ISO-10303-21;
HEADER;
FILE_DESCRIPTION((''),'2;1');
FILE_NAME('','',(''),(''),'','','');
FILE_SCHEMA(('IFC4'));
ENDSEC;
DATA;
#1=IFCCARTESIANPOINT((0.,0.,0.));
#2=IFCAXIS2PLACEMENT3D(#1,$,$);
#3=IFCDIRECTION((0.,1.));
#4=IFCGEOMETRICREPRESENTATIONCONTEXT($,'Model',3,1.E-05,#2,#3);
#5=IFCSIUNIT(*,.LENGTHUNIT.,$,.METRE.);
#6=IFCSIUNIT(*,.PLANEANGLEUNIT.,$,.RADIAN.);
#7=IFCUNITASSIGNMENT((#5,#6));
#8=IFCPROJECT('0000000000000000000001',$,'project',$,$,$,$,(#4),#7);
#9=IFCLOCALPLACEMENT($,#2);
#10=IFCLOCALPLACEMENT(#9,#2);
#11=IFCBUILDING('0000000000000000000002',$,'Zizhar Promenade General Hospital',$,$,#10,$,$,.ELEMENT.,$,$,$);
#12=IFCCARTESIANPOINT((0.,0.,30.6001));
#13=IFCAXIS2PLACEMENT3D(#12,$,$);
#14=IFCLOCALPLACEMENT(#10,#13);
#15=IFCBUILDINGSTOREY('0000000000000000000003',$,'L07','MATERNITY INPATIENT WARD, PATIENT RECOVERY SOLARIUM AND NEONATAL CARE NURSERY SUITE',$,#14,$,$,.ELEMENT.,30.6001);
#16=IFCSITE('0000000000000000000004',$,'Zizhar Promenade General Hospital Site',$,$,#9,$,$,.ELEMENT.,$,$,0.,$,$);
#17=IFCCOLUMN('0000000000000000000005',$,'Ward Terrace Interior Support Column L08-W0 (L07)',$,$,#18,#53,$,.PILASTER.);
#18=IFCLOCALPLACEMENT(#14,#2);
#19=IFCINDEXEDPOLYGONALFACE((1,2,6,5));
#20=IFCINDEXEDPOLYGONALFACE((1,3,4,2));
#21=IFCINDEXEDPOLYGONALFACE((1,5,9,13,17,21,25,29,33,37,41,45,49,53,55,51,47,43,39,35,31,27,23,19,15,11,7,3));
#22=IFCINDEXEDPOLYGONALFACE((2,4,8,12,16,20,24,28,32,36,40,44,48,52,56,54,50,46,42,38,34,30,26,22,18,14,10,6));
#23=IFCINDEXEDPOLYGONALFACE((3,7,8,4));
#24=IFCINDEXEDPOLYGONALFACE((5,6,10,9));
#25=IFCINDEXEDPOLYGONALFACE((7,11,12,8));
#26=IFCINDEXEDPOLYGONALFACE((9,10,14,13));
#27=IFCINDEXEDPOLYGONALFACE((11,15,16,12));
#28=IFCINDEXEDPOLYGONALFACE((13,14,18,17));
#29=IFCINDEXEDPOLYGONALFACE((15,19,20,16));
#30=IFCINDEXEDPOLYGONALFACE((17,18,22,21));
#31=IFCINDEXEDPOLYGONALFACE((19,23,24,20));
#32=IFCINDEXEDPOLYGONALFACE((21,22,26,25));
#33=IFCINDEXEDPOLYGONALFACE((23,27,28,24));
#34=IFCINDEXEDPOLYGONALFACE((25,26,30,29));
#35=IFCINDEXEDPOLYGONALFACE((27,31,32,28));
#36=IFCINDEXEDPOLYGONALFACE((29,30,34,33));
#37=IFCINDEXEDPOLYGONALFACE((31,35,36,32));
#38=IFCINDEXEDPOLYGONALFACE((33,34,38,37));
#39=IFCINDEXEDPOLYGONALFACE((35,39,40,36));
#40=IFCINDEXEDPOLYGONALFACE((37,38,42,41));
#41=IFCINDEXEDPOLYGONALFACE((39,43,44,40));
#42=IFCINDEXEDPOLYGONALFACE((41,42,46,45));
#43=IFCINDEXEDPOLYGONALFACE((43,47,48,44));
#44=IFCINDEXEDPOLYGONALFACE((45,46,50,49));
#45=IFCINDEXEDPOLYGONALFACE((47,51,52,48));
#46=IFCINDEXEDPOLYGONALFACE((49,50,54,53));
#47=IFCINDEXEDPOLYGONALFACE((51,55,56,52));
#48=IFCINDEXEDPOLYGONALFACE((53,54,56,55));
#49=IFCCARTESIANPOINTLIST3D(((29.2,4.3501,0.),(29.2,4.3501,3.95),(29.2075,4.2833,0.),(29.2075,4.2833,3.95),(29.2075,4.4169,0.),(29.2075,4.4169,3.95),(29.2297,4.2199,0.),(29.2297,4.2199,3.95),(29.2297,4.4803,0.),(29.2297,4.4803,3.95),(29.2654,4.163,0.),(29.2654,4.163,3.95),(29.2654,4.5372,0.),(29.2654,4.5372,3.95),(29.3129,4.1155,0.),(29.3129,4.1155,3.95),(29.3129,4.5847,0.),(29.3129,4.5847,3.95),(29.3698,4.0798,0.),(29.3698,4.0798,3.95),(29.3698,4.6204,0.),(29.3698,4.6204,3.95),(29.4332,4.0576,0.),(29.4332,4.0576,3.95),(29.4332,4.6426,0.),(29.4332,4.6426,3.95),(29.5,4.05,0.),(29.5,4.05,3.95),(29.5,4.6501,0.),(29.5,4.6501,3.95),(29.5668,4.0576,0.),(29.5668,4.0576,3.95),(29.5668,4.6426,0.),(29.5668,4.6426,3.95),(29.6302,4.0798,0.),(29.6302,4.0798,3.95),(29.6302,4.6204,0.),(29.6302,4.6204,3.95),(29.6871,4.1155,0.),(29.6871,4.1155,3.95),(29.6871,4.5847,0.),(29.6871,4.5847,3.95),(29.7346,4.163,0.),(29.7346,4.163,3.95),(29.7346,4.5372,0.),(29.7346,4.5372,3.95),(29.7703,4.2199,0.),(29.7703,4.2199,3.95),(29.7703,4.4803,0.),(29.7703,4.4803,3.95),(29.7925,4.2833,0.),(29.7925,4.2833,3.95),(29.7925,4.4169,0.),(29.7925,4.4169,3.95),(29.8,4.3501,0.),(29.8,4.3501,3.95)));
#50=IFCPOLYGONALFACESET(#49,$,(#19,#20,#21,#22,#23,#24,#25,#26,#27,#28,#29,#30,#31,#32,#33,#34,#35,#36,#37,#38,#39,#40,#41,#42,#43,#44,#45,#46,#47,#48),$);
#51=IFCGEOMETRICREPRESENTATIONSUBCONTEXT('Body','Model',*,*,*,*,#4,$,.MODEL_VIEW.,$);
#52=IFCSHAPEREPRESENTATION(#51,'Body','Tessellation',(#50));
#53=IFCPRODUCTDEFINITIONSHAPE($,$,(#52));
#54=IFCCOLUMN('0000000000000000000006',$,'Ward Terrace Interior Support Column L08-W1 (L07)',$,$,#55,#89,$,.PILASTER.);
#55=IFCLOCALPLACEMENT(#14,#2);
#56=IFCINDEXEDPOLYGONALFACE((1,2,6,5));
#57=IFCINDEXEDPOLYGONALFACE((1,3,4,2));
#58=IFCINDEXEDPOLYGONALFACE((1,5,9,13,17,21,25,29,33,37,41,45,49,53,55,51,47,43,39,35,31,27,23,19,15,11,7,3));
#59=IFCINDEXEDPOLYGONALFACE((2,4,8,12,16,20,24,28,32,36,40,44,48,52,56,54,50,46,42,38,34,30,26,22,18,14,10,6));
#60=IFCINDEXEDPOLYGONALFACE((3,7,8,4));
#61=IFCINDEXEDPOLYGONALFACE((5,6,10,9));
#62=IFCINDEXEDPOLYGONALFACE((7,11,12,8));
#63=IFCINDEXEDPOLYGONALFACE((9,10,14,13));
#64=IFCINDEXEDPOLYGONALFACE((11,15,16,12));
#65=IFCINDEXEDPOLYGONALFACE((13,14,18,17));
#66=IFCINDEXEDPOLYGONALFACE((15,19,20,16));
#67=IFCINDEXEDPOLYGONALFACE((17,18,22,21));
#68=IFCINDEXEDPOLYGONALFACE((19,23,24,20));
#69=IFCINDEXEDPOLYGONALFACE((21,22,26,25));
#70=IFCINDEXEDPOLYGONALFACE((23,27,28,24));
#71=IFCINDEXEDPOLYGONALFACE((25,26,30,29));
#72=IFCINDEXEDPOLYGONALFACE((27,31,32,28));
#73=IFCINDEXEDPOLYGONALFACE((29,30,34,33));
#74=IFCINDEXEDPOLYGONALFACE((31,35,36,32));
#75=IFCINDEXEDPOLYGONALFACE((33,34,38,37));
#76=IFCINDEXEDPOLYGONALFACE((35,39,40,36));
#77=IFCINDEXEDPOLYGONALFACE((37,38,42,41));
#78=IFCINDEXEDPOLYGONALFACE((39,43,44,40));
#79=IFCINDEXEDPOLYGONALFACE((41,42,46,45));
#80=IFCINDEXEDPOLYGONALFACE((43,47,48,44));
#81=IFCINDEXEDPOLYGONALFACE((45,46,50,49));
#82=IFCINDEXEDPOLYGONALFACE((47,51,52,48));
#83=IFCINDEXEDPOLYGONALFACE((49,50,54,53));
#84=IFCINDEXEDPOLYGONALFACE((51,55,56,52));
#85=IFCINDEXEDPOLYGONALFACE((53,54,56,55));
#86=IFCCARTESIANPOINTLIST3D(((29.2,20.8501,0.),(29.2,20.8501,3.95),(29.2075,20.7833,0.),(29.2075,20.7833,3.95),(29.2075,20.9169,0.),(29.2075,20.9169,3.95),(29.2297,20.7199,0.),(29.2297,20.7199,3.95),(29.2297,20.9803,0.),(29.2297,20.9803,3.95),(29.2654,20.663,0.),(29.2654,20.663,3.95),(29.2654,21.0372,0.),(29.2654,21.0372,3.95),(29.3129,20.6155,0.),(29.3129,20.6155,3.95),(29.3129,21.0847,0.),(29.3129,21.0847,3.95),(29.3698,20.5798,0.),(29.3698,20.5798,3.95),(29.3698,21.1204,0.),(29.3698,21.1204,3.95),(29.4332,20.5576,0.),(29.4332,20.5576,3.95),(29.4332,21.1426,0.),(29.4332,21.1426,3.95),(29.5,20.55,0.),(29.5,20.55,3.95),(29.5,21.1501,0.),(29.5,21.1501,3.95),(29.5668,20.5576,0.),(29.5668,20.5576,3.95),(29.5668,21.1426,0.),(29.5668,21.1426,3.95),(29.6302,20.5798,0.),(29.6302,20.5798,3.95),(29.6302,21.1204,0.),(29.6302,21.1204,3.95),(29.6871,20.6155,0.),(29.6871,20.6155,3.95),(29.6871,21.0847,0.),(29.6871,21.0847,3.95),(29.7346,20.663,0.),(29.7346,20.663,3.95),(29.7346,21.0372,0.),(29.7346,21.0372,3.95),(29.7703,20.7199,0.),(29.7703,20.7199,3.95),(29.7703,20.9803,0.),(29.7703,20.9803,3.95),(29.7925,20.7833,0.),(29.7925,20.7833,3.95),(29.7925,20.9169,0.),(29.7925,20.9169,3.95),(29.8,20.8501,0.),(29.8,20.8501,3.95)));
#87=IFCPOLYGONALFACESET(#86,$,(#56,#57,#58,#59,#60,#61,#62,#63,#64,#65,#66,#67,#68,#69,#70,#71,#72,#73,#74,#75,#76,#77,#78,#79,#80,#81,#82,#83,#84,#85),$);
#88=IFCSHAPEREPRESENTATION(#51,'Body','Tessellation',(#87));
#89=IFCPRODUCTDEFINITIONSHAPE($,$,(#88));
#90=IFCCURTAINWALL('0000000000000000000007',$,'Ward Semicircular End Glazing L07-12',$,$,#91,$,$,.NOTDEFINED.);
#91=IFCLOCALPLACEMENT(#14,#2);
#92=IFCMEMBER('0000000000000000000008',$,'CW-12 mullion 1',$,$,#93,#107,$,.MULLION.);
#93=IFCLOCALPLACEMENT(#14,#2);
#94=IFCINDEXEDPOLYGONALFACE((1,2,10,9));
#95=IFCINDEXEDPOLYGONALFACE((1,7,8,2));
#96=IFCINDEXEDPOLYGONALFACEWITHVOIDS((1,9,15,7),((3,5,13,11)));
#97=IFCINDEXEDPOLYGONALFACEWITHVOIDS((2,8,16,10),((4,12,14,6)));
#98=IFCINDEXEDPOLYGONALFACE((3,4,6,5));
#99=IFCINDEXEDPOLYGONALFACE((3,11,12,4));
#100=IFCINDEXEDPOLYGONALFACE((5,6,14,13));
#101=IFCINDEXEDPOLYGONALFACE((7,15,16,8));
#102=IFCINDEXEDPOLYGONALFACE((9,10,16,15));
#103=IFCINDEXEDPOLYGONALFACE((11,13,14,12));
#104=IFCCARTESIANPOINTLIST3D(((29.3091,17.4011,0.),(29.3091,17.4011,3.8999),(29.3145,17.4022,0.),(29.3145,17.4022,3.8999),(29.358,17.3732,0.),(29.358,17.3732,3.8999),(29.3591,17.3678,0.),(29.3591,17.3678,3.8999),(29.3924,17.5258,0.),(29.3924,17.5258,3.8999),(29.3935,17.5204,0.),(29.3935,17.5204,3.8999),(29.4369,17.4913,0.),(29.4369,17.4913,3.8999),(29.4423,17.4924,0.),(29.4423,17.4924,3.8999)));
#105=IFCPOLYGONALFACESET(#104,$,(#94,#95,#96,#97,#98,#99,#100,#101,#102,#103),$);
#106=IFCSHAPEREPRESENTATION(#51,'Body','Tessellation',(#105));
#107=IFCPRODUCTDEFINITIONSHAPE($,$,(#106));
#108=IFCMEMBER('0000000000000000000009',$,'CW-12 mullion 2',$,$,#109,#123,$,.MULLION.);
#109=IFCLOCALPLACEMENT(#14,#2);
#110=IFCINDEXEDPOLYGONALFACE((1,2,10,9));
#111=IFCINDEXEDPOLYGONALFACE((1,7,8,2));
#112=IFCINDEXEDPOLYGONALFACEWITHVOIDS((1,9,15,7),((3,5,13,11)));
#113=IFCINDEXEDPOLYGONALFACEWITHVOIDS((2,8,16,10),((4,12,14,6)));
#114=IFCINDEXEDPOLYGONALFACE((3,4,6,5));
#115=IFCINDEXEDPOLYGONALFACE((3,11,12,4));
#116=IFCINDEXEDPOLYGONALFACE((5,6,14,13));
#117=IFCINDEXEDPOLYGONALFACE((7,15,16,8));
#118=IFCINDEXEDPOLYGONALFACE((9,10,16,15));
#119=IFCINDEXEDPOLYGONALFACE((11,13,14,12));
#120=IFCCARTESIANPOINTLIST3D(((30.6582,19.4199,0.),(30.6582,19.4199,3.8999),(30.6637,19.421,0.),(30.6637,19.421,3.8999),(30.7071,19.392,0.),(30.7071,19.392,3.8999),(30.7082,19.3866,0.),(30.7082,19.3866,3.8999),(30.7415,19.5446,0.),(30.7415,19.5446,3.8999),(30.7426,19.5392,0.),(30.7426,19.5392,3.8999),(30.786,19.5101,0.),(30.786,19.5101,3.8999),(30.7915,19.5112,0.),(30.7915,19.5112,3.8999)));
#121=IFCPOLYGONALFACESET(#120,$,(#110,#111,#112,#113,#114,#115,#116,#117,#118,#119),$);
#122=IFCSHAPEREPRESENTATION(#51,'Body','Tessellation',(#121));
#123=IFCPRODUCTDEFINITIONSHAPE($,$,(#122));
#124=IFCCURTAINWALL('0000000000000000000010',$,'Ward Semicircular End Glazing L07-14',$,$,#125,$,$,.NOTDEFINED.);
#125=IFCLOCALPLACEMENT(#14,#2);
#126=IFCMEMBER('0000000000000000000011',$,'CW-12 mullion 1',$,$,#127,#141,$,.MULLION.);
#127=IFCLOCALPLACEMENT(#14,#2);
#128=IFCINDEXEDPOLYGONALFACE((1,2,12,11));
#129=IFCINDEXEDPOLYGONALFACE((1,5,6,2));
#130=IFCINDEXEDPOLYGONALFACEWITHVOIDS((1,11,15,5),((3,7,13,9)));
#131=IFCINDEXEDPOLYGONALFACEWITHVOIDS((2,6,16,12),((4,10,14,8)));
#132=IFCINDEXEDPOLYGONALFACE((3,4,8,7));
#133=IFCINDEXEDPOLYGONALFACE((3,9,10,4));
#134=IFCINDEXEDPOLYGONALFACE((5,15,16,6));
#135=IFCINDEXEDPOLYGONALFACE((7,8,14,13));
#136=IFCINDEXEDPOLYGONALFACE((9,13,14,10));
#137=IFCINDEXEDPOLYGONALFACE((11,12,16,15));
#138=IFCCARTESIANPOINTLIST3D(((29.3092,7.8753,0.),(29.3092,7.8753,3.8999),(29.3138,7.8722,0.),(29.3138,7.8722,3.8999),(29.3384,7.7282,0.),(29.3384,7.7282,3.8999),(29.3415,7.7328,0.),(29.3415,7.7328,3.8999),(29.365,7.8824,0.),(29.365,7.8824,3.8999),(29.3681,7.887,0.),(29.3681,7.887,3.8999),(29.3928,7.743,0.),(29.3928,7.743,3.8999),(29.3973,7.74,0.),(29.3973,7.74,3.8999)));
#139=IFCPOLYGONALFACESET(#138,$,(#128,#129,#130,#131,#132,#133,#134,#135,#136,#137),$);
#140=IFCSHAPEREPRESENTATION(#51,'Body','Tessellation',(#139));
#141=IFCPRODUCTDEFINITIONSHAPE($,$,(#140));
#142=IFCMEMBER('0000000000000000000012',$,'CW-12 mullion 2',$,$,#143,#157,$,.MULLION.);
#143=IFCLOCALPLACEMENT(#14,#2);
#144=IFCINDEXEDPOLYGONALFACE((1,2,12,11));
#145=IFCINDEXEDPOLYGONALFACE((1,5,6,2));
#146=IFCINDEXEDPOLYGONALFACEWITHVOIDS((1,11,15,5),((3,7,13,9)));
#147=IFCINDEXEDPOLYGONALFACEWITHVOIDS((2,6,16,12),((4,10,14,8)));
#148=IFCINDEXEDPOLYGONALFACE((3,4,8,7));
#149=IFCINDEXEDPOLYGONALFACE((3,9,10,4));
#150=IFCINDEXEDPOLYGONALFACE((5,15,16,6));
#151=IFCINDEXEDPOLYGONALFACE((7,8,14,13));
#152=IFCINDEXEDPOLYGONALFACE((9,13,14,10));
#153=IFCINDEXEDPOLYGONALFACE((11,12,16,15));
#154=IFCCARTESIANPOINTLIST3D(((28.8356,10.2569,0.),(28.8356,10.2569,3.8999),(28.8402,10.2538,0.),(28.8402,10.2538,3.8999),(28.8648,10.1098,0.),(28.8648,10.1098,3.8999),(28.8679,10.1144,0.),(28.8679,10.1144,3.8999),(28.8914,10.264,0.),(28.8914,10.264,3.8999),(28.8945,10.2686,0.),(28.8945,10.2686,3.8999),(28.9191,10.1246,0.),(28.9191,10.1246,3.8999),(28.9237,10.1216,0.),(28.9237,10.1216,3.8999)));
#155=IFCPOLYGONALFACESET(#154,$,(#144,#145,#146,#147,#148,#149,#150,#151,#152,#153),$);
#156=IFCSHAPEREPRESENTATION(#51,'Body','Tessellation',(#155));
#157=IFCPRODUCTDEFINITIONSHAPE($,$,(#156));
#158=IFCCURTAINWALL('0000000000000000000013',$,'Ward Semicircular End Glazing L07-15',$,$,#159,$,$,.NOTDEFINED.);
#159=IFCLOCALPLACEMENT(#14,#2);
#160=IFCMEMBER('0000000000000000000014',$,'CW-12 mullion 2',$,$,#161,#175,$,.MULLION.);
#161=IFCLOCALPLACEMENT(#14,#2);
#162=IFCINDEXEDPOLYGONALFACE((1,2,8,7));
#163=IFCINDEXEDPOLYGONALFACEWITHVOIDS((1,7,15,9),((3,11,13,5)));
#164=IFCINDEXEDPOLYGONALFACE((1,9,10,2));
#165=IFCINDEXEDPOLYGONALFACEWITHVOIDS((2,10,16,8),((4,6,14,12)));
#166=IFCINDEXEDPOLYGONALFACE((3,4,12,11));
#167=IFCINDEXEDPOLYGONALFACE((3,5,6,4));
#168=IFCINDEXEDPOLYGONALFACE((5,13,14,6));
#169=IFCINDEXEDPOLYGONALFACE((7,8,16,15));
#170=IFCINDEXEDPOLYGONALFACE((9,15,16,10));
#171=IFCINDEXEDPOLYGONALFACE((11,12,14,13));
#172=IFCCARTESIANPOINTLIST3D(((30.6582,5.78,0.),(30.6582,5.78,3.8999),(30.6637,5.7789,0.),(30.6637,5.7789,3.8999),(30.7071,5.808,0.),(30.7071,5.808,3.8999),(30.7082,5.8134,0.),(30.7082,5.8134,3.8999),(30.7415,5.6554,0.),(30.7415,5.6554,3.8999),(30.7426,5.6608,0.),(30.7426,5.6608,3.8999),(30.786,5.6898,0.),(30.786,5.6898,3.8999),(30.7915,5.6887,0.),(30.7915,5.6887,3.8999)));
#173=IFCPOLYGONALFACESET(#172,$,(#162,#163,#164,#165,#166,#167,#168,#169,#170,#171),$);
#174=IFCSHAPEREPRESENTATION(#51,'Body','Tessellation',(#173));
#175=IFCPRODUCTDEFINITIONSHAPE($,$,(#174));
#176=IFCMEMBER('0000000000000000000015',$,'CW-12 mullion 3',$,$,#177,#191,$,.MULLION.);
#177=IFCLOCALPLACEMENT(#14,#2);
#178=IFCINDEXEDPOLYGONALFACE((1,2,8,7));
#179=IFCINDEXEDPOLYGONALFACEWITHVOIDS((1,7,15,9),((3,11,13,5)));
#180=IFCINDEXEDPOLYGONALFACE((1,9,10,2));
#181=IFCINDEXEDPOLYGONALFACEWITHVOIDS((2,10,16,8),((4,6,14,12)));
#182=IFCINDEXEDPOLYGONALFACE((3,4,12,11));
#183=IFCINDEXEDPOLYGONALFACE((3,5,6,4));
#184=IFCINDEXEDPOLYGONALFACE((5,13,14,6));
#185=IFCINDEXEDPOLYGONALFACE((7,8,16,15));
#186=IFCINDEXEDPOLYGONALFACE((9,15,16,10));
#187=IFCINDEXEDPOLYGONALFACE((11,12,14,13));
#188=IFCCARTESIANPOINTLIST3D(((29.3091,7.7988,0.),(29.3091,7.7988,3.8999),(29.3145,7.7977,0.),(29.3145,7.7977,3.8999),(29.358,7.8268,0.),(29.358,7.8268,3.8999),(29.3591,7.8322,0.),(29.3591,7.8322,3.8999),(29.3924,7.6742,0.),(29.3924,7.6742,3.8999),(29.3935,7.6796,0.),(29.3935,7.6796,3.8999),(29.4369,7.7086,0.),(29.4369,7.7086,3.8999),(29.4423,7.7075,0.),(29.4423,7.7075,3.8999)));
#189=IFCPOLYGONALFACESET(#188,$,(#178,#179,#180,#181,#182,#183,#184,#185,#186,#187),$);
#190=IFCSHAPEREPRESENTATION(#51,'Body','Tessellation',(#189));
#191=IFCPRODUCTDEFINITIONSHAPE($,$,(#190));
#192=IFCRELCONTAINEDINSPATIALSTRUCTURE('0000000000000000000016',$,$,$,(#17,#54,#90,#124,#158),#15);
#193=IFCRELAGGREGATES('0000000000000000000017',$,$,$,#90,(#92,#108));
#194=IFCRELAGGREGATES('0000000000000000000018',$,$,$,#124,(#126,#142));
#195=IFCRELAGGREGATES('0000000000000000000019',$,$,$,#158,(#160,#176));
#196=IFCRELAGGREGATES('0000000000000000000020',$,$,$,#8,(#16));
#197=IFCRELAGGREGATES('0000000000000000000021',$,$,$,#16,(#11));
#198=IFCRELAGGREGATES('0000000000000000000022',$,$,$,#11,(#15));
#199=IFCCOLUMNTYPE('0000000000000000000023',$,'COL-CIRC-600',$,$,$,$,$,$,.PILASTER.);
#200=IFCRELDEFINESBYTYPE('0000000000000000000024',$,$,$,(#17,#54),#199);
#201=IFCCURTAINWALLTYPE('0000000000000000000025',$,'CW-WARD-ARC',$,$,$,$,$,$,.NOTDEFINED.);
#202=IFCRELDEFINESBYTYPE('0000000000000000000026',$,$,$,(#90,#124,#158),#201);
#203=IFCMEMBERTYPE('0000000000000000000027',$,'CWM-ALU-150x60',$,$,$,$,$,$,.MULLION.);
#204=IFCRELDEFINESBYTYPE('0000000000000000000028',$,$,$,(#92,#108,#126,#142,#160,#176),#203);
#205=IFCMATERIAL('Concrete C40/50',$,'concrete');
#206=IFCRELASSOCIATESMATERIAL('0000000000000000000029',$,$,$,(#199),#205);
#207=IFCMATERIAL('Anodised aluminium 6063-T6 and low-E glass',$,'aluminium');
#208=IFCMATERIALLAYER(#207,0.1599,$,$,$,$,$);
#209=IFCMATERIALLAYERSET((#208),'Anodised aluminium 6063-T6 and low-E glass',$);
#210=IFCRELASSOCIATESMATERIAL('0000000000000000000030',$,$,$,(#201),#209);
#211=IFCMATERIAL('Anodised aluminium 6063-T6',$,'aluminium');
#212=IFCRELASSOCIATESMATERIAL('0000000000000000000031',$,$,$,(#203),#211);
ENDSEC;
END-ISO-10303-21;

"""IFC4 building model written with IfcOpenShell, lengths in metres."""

from ifc_helpers import new_model, si_unit, direction, frame, origin, origin_2d, place, context, subcontext, project, spatial, hollow_rectangle, circle, extrude, material, layer, layer_set, material_profile, profile_set, type_object, element, aggregate, save


model = new_model("IFC4")

# Units and contexts
model_context = context("Model", 3, precision=1e-05, world=origin(), true_north=direction((0.0, 1.0)))
body_context = subcontext(model_context, "Body", "Model", "MODEL_VIEW")
ifc_project = project(units=[si_unit("LENGTHUNIT", "METRE"), si_unit("PLANEANGLEUNIT", "RADIAN")], contexts=[model_context])

# Site, building, storey
site_placement = place(None, origin())
site = spatial("IfcSite", under=ifc_project, at=site_placement, Name="Zizhar Promenade General Hospital Site", CompositionType="ELEMENT", RefElevation=0.0)
building_placement = place(site_placement, origin())
building = spatial("IfcBuilding", under=site, at=building_placement, Name="Zizhar Promenade General Hospital", CompositionType="ELEMENT")
storey_placement = place(building_placement, frame((0.0, 0.0, 30.6001)))
storey = spatial("IfcBuildingStorey", under=building, at=storey_placement, Name="L07", Description="MATERNITY INPATIENT WARD, PATIENT RECOVERY SOLARIUM AND NEONATAL CARE NURSERY SUITE", CompositionType="ELEMENT", Elevation=30.6001)

# Columns
ifc_material_1 = material(Name="Concrete C40/50", Category="concrete")
ifc_material_profile_1 = material_profile(ifc_material_1, circle(Radius=0.3, at=origin_2d()))
ifc_profile_set_1 = profile_set([ifc_material_profile_1], Name="Concrete C40/50")
column_type = type_object("IfcColumnType", Name="COL-CIRC-600", PredefinedType="PILASTER", material=ifc_profile_set_1)
for number, where, z_axis, x_axis, name in (
    (1, (29.5, 4.3501, 0.0), (0.0, 0.0, 1.0), (1.0, 0.0, 0.0), "Ward Terrace Interior Support Column L08-W0 (L07)"),
    (2, (29.5, 20.8501, 0.0), (0.0, 0.0, 1.0), (1.0, 0.0, 0.0), "Ward Terrace Interior Support Column L08-W1 (L07)"),
):
    element("IfcColumn", number, at=place(storey_placement, frame(where, z_axis=z_axis, x_axis=x_axis)), inside=storey, type_object=column_type, Name=name, PredefinedType="PILASTER", context=body_context, shape_type="SweptSolid", body=[
        extrude(circle(Radius=0.3, at=origin_2d()), origin(), (0.0, 0.0, 1.0), 3.95),
    ])

# Curtain walls, members
ifc_material_2 = material(Name="Anodised aluminium 6063-T6 and low-E glass", Category="aluminium")
ifc_layer_1 = layer(ifc_material_2, 0.1599)
ifc_layer_set_1 = layer_set([ifc_layer_1], Name="Anodised aluminium 6063-T6 and low-E glass")
curtain_wall_type = type_object("IfcCurtainWallType", Name="CW-WARD-ARC", PredefinedType="NOTDEFINED", material=ifc_layer_set_1)
curtain_wall_1_placement = place(storey_placement, origin())
curtain_wall_1 = element("IfcCurtainWall", 3, at=curtain_wall_1_placement, inside=storey, type_object=curtain_wall_type, Name="Ward Semicircular End Glazing L07-12", PredefinedType="NOTDEFINED")
ifc_material_3 = material(Name="Anodised aluminium 6063-T6", Category="aluminium")
ifc_material_profile_2 = material_profile(ifc_material_3, hollow_rectangle(XDim=0.0601, YDim=0.1499, WallThickness=0.0039, at=origin_2d()))
ifc_profile_set_2 = profile_set([ifc_material_profile_2], Name="Anodised aluminium 6063-T6")
member_type_1 = type_object("IfcMemberType", Name="CWM-ALU-150x60", PredefinedType="MULLION", material=ifc_profile_set_2)
member_1_placement = place(storey_placement, frame((29.3757, 17.4468, 0.0), z_axis=(0.0, 0.0, 1.0), x_axis=(-0.831462, 0.555582, 0.0)))
member_1 = element("IfcMember", 4, at=member_1_placement, type_object=member_type_1, Name="CW-12 mullion 1", PredefinedType="MULLION", context=body_context, shape_type="SweptSolid", body=[
    extrude(hollow_rectangle(XDim=0.0601, YDim=0.1499, WallThickness=0.0039, at=origin_2d()), origin(), (0.0, 0.0, 1.0), 3.8999),
])
member_2_placement = place(storey_placement, frame((30.7249, 19.4656, 0.0), z_axis=(0.0, 0.0, 1.0), x_axis=(-0.831462, 0.555582, 0.0)))
member_2 = element("IfcMember", 5, at=member_2_placement, type_object=member_type_1, Name="CW-12 mullion 2", PredefinedType="MULLION", context=body_context, shape_type="SweptSolid", body=[
    extrude(hollow_rectangle(XDim=0.0601, YDim=0.1499, WallThickness=0.0039, at=origin_2d()), origin(), (0.0, 0.0, 1.0), 3.8999),
])
curtain_wall_2_placement = place(storey_placement, origin())
curtain_wall_2 = element("IfcCurtainWall", 6, at=curtain_wall_2_placement, inside=storey, type_object=curtain_wall_type, Name="Ward Semicircular End Glazing L07-14", PredefinedType="NOTDEFINED")
member_3_placement = place(storey_placement, frame((29.3533, 7.8076, 0.0), z_axis=(0.0, 0.0, 1.0), x_axis=(-0.980786, -0.195087, 0.0)))
member_3 = element("IfcMember", 7, at=member_3_placement, type_object=member_type_1, Name="CW-12 mullion 1", PredefinedType="MULLION", context=body_context, shape_type="SweptSolid", body=[
    extrude(hollow_rectangle(XDim=0.0601, YDim=0.1499, WallThickness=0.0039, at=origin_2d()), origin(), (0.0, 0.0, 1.0), 3.8999),
])
member_4_placement = place(storey_placement, frame((28.8796, 10.1892, 0.0), z_axis=(0.0, 0.0, 1.0), x_axis=(-0.980786, -0.195087, 0.0)))
member_4 = element("IfcMember", 8, at=member_4_placement, type_object=member_type_1, Name="CW-12 mullion 2", PredefinedType="MULLION", context=body_context, shape_type="SweptSolid", body=[
    extrude(hollow_rectangle(XDim=0.0601, YDim=0.1499, WallThickness=0.0039, at=origin_2d()), origin(), (0.0, 0.0, 1.0), 3.8999),
])
curtain_wall_3_placement = place(storey_placement, origin())
curtain_wall_3 = element("IfcCurtainWall", 9, at=curtain_wall_3_placement, inside=storey, type_object=curtain_wall_type, Name="Ward Semicircular End Glazing L07-15", PredefinedType="NOTDEFINED")
member_5_placement = place(storey_placement, frame((30.7249, 5.7344, 0.0), z_axis=(0.0, 0.0, 1.0), x_axis=(-0.831462, -0.555582, 0.0)))
member_5 = element("IfcMember", 10, at=member_5_placement, type_object=member_type_1, Name="CW-12 mullion 2", PredefinedType="MULLION", context=body_context, shape_type="SweptSolid", body=[
    extrude(hollow_rectangle(XDim=0.0601, YDim=0.1499, WallThickness=0.0039, at=origin_2d()), origin(), (0.0, 0.0, 1.0), 3.8999),
])
member_6_placement = place(storey_placement, frame((29.3757, 7.7532, 0.0), z_axis=(0.0, 0.0, 1.0), x_axis=(-0.831462, -0.555582, 0.0)))
member_6 = element("IfcMember", 11, at=member_6_placement, type_object=member_type_1, Name="CW-12 mullion 3", PredefinedType="MULLION", context=body_context, shape_type="SweptSolid", body=[
    extrude(hollow_rectangle(XDim=0.0601, YDim=0.1499, WallThickness=0.0039, at=origin_2d()), origin(), (0.0, 0.0, 1.0), 3.8999),
])

aggregate(curtain_wall_1, [member_1, member_2])
aggregate(curtain_wall_2, [member_3, member_4])
aggregate(curtain_wall_3, [member_5, member_6])

save(model, "model.ifc")
